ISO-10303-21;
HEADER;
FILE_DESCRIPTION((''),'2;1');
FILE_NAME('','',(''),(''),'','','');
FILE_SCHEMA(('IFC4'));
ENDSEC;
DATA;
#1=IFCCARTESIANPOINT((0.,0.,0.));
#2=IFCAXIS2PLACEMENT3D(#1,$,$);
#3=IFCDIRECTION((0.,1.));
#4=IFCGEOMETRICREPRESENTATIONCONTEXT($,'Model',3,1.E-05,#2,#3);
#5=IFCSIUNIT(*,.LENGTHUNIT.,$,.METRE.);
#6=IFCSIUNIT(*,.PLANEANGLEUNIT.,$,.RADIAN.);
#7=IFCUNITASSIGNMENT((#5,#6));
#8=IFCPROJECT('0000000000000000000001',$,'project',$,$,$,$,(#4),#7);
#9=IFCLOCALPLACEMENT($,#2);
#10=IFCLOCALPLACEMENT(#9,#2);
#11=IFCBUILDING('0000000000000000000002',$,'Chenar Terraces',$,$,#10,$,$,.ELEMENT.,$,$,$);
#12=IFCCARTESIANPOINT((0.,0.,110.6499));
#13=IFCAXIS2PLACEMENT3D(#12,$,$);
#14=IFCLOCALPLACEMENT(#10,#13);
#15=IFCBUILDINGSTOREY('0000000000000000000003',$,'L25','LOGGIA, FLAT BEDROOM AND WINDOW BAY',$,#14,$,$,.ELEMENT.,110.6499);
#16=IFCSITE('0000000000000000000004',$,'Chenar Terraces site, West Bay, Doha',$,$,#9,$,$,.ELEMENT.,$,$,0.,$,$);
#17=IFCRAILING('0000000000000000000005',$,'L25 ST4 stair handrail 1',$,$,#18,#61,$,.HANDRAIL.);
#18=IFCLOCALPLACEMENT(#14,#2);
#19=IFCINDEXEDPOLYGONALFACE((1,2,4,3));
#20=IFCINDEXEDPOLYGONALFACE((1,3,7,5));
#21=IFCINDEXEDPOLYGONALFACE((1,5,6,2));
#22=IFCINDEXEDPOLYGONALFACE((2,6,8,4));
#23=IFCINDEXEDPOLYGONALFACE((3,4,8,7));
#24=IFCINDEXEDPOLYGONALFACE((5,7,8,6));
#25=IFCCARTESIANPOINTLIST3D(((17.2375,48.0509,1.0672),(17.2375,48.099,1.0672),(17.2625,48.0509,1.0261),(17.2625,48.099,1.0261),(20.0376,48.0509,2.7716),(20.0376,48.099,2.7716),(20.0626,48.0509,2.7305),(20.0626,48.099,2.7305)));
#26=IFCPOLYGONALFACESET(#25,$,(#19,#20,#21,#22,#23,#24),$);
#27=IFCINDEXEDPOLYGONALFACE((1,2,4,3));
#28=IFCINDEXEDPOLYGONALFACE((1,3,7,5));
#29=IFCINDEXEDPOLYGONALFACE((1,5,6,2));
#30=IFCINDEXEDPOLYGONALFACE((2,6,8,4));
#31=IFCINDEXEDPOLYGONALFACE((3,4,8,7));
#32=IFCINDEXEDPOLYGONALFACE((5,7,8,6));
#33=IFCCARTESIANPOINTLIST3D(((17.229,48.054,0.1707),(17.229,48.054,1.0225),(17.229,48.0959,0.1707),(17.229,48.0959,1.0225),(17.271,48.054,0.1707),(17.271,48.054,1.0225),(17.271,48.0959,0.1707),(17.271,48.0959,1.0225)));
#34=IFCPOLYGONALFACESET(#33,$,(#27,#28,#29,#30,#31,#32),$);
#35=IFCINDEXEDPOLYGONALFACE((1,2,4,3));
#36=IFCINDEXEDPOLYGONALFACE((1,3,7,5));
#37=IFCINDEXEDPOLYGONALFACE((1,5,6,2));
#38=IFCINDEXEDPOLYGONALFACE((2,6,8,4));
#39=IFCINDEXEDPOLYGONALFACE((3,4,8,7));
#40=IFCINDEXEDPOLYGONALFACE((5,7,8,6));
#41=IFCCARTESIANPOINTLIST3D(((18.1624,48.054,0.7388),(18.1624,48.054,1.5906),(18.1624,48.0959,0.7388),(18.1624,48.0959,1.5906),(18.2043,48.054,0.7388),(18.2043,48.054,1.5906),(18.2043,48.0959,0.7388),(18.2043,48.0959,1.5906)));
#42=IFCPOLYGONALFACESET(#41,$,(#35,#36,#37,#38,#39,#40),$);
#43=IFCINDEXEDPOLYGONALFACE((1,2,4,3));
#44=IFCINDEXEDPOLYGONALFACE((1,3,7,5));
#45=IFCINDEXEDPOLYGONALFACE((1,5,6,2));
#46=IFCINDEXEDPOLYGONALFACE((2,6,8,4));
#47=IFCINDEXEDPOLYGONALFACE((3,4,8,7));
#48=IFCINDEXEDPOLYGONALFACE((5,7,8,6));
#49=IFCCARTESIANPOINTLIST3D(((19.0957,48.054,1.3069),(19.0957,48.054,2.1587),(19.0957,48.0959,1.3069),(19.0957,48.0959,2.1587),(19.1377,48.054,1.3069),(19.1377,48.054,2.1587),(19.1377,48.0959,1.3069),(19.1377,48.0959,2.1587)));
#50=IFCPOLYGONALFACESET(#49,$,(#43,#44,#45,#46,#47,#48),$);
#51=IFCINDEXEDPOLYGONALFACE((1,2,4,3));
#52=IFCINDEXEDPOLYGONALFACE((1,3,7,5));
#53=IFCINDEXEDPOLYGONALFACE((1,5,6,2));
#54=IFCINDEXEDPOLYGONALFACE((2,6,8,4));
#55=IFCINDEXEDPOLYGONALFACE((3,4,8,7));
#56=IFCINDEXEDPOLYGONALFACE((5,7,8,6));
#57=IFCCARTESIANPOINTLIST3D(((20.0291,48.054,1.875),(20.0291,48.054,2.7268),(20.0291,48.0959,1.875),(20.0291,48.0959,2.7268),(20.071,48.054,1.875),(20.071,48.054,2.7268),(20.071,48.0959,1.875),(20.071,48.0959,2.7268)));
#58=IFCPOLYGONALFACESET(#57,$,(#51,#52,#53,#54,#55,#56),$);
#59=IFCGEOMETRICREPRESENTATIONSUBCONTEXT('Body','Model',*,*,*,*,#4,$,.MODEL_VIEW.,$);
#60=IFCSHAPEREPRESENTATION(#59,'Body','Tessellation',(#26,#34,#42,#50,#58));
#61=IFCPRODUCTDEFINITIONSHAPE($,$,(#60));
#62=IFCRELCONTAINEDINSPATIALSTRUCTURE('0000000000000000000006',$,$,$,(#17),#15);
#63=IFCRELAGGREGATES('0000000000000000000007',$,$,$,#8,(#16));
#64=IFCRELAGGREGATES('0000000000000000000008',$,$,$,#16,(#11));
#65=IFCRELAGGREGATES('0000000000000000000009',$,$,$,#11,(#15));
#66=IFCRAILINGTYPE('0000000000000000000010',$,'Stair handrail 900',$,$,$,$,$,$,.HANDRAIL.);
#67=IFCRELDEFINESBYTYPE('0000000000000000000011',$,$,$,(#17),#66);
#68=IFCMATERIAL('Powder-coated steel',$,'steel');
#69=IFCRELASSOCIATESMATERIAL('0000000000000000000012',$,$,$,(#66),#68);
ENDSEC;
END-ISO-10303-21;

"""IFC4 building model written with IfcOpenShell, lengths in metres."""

from ifc_helpers import new_model, si_unit, direction, frame, origin, origin_2d, place, context, subcontext, project, spatial, rectangle, extrude, material, type_object, element, save


model = new_model("IFC4")

# Units and contexts
model_context = context("Model", 3, precision=1e-05, world=origin(), true_north=direction((0.0, 1.0)))
body_context = subcontext(model_context, "Body", "Model", "MODEL_VIEW")
ifc_project = project(units=[si_unit("LENGTHUNIT", "METRE"), si_unit("PLANEANGLEUNIT", "RADIAN")], contexts=[model_context])

# Site, building, storey
site_placement = place(None, origin())
site = spatial("IfcSite", under=ifc_project, at=site_placement, Name="Chenar Terraces site, West Bay, Doha", CompositionType="ELEMENT", RefElevation=0.0)
building_placement = place(site_placement, origin())
building = spatial("IfcBuilding", under=site, at=building_placement, Name="Chenar Terraces", CompositionType="ELEMENT")
storey_placement = place(building_placement, frame((0.0, 0.0, 110.6499)))
storey = spatial("IfcBuildingStorey", under=building, at=storey_placement, Name="L25", Description="LOGGIA, FLAT BEDROOM AND WINDOW BAY", CompositionType="ELEMENT", Elevation=110.6499)

# Railing
ifc_material_1 = material(Name="Powder-coated steel", Category="steel")
railing_type_1 = type_object("IfcRailingType", Name="Stair handrail 900", PredefinedType="HANDRAIL", material=ifc_material_1)
railing_1_placement = place(storey_placement, frame((17.25, 48.075, 0.1707)))
element("IfcRailing", 1, at=railing_1_placement, inside=storey, type_object=railing_type_1, Name="L25 ST4 stair handrail 1", PredefinedType="HANDRAIL", context=body_context, shape_type="SweptSolid", body=[
    extrude(rectangle(XDim=0.0481, YDim=0.0481, at=origin_2d()), frame((0.0, 0.0, 0.876), z_axis=(0.854203, 0.0, 0.51994), x_axis=(0.0, 1.0, 0.0)), (0.0, 0.0, 1.0), 3.2781),
    extrude(rectangle(XDim=0.042, YDim=0.042, at=origin_2d()), origin(), (0.0, 0.0, 1.0), 0.8518),
    extrude(rectangle(XDim=0.042, YDim=0.042, at=origin_2d()), frame((0.9333, 0.0, 0.5681)), (0.0, 0.0, 1.0), 0.8518),
    extrude(rectangle(XDim=0.042, YDim=0.042, at=origin_2d()), frame((1.8667, 0.0, 1.1362)), (0.0, 0.0, 1.0), 0.8518),
    extrude(rectangle(XDim=0.042, YDim=0.042, at=origin_2d()), frame((2.8, 0.0, 1.7043)), (0.0, 0.0, 1.0), 0.8518),
])

save(model, "model.ifc")
